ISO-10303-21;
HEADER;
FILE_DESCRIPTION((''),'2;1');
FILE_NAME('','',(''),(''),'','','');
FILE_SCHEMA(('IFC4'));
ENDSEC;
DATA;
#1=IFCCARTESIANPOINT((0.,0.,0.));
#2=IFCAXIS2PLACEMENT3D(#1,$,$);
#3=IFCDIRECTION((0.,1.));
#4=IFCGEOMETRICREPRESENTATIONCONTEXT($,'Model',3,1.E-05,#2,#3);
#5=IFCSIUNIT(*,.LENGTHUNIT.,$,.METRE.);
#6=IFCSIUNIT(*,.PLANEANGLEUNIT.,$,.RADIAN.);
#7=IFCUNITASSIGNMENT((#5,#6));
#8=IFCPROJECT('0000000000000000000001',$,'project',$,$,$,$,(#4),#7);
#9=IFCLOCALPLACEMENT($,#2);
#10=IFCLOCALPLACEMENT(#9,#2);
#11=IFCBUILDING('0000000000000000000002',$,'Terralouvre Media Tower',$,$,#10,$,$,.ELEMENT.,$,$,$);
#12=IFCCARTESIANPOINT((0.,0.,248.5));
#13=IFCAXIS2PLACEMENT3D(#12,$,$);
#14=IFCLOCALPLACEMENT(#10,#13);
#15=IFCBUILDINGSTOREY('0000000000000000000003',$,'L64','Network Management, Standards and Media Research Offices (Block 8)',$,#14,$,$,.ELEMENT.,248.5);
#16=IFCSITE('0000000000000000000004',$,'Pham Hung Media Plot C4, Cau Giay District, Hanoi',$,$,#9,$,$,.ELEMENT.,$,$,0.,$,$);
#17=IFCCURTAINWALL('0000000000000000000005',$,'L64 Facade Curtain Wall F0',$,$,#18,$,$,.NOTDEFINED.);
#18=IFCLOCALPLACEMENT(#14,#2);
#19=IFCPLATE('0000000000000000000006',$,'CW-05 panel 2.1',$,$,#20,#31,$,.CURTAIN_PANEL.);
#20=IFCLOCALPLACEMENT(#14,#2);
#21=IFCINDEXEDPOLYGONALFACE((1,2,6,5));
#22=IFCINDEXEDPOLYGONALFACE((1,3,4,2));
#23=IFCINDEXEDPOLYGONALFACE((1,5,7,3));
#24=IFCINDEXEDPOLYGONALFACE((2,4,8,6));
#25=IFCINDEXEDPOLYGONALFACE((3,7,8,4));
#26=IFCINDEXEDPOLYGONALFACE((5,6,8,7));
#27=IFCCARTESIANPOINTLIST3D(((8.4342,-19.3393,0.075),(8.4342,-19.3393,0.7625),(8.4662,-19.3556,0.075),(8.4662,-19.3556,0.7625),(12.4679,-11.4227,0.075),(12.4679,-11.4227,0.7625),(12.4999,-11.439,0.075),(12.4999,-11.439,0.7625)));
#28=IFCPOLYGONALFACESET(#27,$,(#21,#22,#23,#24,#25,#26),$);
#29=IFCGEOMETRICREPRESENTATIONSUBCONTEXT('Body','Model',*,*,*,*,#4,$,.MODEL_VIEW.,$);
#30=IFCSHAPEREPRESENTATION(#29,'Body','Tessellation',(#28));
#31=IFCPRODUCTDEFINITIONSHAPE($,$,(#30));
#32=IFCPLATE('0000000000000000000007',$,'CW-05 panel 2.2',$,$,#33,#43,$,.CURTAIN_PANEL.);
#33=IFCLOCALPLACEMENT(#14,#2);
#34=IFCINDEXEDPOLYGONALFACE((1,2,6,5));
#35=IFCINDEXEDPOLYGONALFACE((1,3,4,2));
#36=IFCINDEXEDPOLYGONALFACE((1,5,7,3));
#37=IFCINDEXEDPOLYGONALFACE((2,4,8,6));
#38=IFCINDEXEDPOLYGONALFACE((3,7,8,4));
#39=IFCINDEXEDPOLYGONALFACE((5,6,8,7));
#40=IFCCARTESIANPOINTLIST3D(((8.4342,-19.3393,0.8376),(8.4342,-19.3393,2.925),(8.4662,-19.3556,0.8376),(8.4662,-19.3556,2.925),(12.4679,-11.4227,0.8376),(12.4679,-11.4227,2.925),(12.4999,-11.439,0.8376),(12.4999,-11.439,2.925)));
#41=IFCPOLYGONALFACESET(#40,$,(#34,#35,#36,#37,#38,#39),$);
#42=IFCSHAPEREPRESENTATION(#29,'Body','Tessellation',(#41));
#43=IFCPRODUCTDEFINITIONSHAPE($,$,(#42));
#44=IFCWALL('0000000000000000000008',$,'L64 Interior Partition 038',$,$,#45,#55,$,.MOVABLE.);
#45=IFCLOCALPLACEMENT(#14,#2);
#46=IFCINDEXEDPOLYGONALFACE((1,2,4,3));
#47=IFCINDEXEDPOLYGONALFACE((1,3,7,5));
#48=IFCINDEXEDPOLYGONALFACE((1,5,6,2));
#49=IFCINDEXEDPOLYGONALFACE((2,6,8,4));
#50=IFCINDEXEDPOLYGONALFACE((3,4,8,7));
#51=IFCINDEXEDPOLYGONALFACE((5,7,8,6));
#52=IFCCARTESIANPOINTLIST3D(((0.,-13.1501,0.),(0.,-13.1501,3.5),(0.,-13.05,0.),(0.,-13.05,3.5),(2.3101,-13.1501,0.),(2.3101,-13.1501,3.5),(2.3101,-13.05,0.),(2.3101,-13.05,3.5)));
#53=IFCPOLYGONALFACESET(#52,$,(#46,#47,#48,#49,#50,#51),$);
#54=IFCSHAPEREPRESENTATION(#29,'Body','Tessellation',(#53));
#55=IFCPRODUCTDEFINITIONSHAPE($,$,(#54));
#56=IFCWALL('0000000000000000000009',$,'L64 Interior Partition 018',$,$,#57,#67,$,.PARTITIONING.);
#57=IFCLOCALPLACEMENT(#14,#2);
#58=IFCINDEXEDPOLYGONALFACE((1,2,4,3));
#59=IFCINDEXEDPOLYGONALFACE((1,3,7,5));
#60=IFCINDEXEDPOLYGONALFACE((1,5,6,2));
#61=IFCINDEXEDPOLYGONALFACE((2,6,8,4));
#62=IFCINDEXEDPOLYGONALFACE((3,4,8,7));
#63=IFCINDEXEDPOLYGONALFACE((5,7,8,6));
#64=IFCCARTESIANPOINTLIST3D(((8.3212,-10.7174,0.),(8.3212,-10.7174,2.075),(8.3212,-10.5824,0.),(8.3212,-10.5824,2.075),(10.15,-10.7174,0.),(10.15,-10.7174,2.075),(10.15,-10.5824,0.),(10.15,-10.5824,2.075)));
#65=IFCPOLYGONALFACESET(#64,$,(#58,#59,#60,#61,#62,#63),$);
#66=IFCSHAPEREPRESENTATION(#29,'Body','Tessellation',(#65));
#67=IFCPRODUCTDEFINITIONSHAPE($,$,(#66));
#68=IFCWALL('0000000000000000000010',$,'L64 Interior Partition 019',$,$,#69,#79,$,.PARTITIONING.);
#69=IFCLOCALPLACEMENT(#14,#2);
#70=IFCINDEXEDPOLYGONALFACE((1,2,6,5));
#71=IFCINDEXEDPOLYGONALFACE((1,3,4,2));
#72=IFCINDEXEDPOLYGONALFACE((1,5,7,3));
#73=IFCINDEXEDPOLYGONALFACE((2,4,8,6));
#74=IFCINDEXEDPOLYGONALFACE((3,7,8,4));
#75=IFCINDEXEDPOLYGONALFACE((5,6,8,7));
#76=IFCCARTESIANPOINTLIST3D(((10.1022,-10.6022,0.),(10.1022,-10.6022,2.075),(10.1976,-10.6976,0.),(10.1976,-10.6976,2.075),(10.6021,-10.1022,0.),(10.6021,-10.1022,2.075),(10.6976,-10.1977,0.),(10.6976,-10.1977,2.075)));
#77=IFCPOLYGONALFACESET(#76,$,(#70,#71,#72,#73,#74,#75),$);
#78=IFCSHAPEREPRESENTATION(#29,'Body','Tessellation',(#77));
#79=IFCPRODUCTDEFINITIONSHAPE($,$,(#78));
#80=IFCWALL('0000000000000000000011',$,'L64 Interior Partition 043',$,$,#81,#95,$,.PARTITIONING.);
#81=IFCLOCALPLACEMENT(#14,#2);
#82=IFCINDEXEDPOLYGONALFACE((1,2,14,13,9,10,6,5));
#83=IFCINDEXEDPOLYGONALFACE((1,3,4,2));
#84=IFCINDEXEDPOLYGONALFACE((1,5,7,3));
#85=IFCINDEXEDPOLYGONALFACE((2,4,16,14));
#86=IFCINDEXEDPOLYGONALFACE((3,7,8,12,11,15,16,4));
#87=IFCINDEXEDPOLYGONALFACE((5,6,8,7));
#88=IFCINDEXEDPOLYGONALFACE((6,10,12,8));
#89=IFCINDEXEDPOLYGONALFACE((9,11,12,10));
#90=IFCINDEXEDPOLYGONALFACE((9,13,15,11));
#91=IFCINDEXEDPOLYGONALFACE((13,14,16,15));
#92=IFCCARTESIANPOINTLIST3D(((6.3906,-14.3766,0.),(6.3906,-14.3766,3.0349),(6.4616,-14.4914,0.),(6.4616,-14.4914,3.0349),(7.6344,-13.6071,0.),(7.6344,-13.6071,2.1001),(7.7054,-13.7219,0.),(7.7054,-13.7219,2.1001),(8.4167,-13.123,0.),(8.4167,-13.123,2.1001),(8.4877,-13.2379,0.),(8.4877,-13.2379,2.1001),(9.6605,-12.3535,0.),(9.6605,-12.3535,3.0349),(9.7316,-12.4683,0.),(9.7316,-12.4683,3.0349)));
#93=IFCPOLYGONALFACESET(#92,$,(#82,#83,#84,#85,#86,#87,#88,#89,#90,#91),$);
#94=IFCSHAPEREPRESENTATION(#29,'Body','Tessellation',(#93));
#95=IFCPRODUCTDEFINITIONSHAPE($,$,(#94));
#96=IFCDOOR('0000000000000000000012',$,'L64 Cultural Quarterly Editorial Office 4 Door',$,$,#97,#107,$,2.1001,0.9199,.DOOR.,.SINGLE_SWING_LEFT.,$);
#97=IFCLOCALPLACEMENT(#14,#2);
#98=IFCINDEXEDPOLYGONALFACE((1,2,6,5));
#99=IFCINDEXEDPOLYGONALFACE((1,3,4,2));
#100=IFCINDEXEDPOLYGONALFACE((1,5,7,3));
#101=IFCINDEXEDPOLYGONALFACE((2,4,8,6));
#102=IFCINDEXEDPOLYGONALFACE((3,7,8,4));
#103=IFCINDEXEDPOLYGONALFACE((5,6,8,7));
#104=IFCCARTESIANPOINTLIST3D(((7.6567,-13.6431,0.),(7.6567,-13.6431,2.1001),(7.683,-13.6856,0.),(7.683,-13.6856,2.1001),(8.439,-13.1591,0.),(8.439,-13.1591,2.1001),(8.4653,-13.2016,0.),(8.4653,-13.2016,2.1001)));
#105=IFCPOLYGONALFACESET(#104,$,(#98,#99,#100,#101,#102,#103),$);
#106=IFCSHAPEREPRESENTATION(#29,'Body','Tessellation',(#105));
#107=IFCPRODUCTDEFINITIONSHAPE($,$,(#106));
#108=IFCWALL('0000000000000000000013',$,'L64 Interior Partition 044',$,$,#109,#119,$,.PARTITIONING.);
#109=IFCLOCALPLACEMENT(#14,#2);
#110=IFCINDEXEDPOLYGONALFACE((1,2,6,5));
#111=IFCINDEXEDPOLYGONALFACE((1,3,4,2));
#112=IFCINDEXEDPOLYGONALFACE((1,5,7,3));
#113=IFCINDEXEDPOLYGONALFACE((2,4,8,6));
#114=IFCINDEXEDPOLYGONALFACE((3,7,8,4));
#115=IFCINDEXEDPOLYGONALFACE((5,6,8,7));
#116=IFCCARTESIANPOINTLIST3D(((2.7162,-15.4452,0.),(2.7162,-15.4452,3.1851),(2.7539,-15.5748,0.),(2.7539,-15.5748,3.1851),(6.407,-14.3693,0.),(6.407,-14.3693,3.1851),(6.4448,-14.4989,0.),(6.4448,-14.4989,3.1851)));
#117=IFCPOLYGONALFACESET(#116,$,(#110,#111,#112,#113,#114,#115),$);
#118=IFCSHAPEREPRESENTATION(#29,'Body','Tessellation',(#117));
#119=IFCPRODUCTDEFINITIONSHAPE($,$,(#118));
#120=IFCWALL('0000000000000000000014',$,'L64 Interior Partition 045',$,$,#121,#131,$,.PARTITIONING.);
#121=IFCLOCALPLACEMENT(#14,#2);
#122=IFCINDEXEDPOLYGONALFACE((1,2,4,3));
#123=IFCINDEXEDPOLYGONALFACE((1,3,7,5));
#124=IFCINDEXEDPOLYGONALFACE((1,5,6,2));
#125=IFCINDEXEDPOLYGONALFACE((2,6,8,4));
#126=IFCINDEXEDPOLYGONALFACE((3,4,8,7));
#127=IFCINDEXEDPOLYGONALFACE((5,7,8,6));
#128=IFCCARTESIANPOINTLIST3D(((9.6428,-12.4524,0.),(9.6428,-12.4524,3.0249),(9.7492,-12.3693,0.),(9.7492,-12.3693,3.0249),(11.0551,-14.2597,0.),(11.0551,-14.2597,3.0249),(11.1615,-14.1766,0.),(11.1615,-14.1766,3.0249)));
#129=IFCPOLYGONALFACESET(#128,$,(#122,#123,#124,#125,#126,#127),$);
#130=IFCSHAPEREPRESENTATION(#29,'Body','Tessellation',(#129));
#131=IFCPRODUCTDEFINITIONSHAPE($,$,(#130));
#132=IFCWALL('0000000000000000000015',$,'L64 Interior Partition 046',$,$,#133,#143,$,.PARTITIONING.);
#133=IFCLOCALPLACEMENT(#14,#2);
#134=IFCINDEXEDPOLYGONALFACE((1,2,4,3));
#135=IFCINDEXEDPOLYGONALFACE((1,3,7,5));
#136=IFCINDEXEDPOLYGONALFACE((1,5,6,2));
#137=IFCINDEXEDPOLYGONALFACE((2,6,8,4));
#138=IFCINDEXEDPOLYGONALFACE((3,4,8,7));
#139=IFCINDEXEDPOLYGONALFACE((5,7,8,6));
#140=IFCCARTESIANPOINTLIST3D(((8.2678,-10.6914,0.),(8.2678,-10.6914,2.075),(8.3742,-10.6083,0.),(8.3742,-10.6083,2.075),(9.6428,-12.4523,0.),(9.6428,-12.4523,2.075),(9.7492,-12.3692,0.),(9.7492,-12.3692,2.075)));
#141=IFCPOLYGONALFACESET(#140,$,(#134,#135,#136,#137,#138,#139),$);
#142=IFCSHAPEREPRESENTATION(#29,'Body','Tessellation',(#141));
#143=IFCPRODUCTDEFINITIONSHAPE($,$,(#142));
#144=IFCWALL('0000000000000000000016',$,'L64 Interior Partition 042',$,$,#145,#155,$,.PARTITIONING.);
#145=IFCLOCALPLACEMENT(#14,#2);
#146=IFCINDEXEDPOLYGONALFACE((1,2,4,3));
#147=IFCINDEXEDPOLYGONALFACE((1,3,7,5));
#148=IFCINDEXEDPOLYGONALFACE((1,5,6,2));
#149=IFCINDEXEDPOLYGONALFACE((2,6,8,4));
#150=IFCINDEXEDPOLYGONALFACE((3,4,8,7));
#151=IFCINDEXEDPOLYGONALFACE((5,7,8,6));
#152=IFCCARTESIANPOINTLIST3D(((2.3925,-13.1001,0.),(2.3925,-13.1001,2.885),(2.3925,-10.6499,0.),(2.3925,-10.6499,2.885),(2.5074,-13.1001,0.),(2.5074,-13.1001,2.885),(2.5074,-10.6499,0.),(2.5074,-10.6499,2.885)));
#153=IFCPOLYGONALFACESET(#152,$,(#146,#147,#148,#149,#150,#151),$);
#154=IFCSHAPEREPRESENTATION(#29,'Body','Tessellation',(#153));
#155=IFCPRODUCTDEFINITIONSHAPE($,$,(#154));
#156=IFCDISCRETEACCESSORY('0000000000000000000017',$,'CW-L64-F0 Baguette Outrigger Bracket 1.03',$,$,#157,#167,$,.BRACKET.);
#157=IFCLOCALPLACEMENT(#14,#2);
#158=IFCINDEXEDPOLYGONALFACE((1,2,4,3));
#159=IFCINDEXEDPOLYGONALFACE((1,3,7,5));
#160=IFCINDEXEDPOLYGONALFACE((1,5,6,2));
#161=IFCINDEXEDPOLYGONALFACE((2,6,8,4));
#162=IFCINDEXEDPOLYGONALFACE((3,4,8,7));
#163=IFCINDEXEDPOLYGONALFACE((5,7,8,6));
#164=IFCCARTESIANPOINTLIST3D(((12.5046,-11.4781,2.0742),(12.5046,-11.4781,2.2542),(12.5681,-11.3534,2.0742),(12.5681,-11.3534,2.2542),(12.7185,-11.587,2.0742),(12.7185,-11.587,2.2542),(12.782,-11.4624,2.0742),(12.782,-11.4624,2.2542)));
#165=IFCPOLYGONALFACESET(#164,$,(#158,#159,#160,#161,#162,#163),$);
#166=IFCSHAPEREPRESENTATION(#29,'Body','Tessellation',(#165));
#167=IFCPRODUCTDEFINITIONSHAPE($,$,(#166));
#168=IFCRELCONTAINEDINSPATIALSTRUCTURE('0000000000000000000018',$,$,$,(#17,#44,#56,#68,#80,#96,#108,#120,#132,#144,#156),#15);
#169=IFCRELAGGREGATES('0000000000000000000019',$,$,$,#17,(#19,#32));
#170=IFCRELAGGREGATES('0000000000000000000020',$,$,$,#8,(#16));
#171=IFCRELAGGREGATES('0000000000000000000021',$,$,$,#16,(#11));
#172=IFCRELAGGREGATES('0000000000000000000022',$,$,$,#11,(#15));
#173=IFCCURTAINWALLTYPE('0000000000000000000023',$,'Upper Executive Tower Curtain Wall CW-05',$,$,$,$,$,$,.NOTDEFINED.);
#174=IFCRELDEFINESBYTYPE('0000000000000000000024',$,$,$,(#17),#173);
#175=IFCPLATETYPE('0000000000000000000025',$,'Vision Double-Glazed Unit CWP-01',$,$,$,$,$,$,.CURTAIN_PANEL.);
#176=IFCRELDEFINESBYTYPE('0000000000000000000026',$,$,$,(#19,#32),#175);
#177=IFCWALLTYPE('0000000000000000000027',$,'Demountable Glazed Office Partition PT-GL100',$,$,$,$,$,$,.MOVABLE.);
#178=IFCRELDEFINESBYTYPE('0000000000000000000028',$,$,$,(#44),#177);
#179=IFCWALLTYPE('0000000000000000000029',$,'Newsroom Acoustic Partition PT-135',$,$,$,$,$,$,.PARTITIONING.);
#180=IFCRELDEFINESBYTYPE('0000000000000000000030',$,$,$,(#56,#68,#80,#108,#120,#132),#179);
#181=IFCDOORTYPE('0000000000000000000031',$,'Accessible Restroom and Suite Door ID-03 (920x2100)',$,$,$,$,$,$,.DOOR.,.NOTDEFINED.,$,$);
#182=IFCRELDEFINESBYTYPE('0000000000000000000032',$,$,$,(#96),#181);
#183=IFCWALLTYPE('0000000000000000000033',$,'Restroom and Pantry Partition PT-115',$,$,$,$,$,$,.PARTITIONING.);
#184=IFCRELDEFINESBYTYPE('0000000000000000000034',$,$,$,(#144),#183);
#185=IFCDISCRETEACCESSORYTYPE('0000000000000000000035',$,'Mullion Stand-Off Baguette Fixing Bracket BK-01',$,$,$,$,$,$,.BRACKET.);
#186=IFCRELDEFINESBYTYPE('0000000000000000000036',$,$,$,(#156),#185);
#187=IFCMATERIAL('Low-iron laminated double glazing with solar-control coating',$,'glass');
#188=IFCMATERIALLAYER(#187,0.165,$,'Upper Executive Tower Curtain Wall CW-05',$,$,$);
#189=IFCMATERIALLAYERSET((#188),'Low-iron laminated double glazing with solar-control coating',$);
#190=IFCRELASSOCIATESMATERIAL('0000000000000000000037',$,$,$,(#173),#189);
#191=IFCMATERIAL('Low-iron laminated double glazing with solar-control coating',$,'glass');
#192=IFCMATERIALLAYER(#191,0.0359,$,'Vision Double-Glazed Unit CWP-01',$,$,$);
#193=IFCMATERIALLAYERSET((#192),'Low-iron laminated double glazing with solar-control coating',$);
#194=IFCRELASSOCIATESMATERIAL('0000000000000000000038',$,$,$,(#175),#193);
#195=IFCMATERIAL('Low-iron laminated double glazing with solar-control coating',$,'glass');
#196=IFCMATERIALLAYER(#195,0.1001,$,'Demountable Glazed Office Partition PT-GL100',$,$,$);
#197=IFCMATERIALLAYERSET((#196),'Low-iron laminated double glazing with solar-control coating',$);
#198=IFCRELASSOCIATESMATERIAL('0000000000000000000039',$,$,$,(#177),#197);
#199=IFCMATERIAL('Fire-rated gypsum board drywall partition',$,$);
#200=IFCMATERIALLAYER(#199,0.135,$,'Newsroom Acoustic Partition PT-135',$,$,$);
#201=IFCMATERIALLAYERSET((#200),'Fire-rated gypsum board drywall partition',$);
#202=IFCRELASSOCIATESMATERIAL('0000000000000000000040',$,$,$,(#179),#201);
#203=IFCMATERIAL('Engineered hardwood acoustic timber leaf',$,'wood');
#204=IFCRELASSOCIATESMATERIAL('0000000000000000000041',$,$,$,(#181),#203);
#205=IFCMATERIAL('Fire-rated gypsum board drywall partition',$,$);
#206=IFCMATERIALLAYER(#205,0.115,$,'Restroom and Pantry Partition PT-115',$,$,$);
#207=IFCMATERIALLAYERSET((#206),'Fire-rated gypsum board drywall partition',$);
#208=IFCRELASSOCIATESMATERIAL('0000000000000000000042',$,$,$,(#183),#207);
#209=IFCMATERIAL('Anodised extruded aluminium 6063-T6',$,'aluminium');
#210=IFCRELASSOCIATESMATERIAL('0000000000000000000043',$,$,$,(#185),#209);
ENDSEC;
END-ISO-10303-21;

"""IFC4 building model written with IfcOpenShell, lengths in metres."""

from ifc_helpers import new_model, si_unit, direction, frame, frame_2d, origin, origin_2d, place, context, subcontext, project, spatial, rectangle, extrude, material, layer, layer_set, type_object, element, fill, aggregate, save


model = new_model("IFC4")

# Units and contexts
model_context = context("Model", 3, precision=1e-05, world=origin(), true_north=direction((0.0, 1.0)))
body_context = subcontext(model_context, "Body", "Model", "MODEL_VIEW")
ifc_project = project(units=[si_unit("LENGTHUNIT", "METRE"), si_unit("PLANEANGLEUNIT", "RADIAN")], contexts=[model_context])

# Site, building, storey
site_placement = place(None, origin())
site = spatial("IfcSite", under=ifc_project, at=site_placement, Name="Pham Hung Media Plot C4, Cau Giay District, Hanoi", CompositionType="ELEMENT", RefElevation=0.0)
building_placement = place(site_placement, origin())
building = spatial("IfcBuilding", under=site, at=building_placement, Name="Terralouvre Media Tower", CompositionType="ELEMENT")
storey_placement = place(building_placement, frame((0.0, 0.0, 248.5)))
storey = spatial("IfcBuildingStorey", under=building, at=storey_placement, Name="L64", Description="Network Management, Standards and Media Research Offices (Block 8)", CompositionType="ELEMENT", Elevation=248.5)

# Curtain wall
ifc_material_1 = material(Name="Low-iron laminated double glazing with solar-control coating", Category="glass")
ifc_layer_1 = layer(ifc_material_1, 0.165, Name="Upper Executive Tower Curtain Wall CW-05")
ifc_layer_set_1 = layer_set([ifc_layer_1], Name="Low-iron laminated double glazing with solar-control coating")
curtain_wall_type = type_object("IfcCurtainWallType", Name="Upper Executive Tower Curtain Wall CW-05", PredefinedType="NOTDEFINED", material=ifc_layer_set_1)
curtain_wall_placement = place(storey_placement, origin())
curtain_wall = element("IfcCurtainWall", 1, at=curtain_wall_placement, inside=storey, type_object=curtain_wall_type, Name="L64 Facade Curtain Wall F0", PredefinedType="NOTDEFINED")

# Plates
ifc_material_2 = material(Name="Low-iron laminated double glazing with solar-control coating", Category="glass")
ifc_layer_2 = layer(ifc_material_2, 0.0359, Name="Vision Double-Glazed Unit CWP-01")
ifc_layer_set_2 = layer_set([ifc_layer_2], Name="Low-iron laminated double glazing with solar-control coating")
plate_type = type_object("IfcPlateType", Name="Vision Double-Glazed Unit CWP-01", PredefinedType="CURTAIN_PANEL", material=ifc_layer_set_2)
plate_1_placement = place(storey_placement, frame((10.467, -15.3892, 0.075), z_axis=(0.0, 0.0, 1.0), x_axis=(0.45399, 0.891007, 0.0)))
plate_1 = element("IfcPlate", 2, at=plate_1_placement, type_object=plate_type, Name="CW-05 panel 2.1", PredefinedType="CURTAIN_PANEL", context=body_context, shape_type="SweptSolid", body=[
    extrude(rectangle(XDim=8.885, YDim=0.0359, at=origin_2d()), origin(), (0.0, 0.0, 1.0), 0.6875),
])
plate_2_placement = place(storey_placement, frame((10.467, -15.3892, 0.8376), z_axis=(0.0, 0.0, 1.0), x_axis=(0.45399, 0.891007, 0.0)))
plate_2 = element("IfcPlate", 3, at=plate_2_placement, type_object=plate_type, Name="CW-05 panel 2.2", PredefinedType="CURTAIN_PANEL", context=body_context, shape_type="SweptSolid", body=[
    extrude(rectangle(XDim=8.885, YDim=0.0359, at=origin_2d()), origin(), (0.0, 0.0, 1.0), 2.0874),
])
aggregate(curtain_wall, [plate_1, plate_2])

# Wall
ifc_material_3 = material(Name="Low-iron laminated double glazing with solar-control coating", Category="glass")
ifc_layer_3 = layer(ifc_material_3, 0.1001, Name="Demountable Glazed Office Partition PT-GL100")
ifc_layer_set_3 = layer_set([ifc_layer_3], Name="Low-iron laminated double glazing with solar-control coating")
wall_type_1 = type_object("IfcWallType", Name="Demountable Glazed Office Partition PT-GL100", PredefinedType="MOVABLE", material=ifc_layer_set_3)
wall_1_placement = place(storey_placement, frame((2.3101, -13.1001, 0.0), z_axis=(0.0, 0.0, 1.0), x_axis=(-1.0, 0.0, 0.0)))
element("IfcWall", 4, at=wall_1_placement, inside=storey, type_object=wall_type_1, Name="L64 Interior Partition 038", PredefinedType="MOVABLE", context=body_context, shape_type="SweptSolid", body=[
    extrude(rectangle(XDim=2.3101, YDim=0.1001, at=frame_2d((1.155, 0.0))), origin(), (0.0, 0.0, 1.0), 3.5),
])

# Shared definitions
ifc_material_4 = material(Name="Fire-rated gypsum board drywall partition")
ifc_layer_4 = layer(ifc_material_4, 0.135, Name="Newsroom Acoustic Partition PT-135")
ifc_layer_set_4 = layer_set([ifc_layer_4], Name="Fire-rated gypsum board drywall partition")
wall_type_2 = type_object("IfcWallType", Name="Newsroom Acoustic Partition PT-135", PredefinedType="PARTITIONING", material=ifc_layer_set_4)

# Walls
wall_2_placement = place(storey_placement, frame((8.321, -10.6499, 0.0), z_axis=(0.0, 0.0, 1.0), x_axis=(1.0, 0.0, 0.0)))
element("IfcWall", 5, at=wall_2_placement, inside=storey, type_object=wall_type_2, Name="L64 Interior Partition 018", PredefinedType="PARTITIONING", context=body_context, shape_type="SweptSolid", body=[
    extrude(rectangle(XDim=1.8289, YDim=0.135, at=frame_2d((0.9146, 0.0))), origin(), (0.0, 0.0, 1.0), 2.075),
])
wall_3_placement = place(storey_placement, frame((10.1499, -10.6499, 0.0), z_axis=(0.0, 0.0, 1.0), x_axis=(0.707107, 0.707107, 0.0)))
element("IfcWall", 6, at=wall_3_placement, inside=storey, type_object=wall_type_2, Name="L64 Interior Partition 019", PredefinedType="PARTITIONING", context=body_context, shape_type="SweptSolid", body=[
    extrude(rectangle(XDim=0.707, YDim=0.135, at=frame_2d((0.3535, 0.0))), origin(), (0.0, 0.0, 1.0), 2.075),
])

# Wall, opening, door
wall_4_placement = place(storey_placement, frame((9.696, -12.4109, 0.0), z_axis=(0.0, 0.0, 1.0), x_axis=(-0.850394, -0.526147, 0.0)))
wall_4 = element("IfcWall", 7, at=wall_4_placement, inside=storey, type_object=wall_type_2, Name="L64 Interior Partition 043", PredefinedType="PARTITIONING", context=body_context, shape_type="SweptSolid", body=[
    extrude(rectangle(XDim=3.8452, YDim=0.135, at=frame_2d((1.9226, 0.0))), origin(), (0.0, 0.0, 1.0), 3.0349),
])
opening_1_placement = place(wall_4_placement, frame((1.4626, 0.0, 0.0)))
opening_1 = element("IfcOpeningElement", 8, at=opening_1_placement, cuts=wall_4, PredefinedType="OPENING", context=body_context, shape_type="SweptSolid", body=[
    extrude(rectangle(XDim=0.9199, YDim=2.1001, at=frame_2d((0.46, 1.05))), frame((0.0, 0.0774, 0.0), z_axis=(0.0, -1.0, 0.0), x_axis=(1.0, 0.0, 0.0)), (0.0, 0.0, 1.0), 0.155),
])
ifc_material_5 = material(Name="Engineered hardwood acoustic timber leaf", Category="wood")
door_type_1 = type_object("IfcDoorType", Name="Accessible Restroom and Suite Door ID-03 (920x2100)", OperationType="NOTDEFINED", PredefinedType="DOOR", material=ifc_material_5)
door_1_placement = place(opening_1_placement, origin())
door_1 = element("IfcDoor", 9, at=door_1_placement, inside=storey, type_object=door_type_1, Name="L64 Cultural Quarterly Editorial Office 4 Door", OperationType="SINGLE_SWING_LEFT", OverallHeight=2.1001, OverallWidth=0.9199, PredefinedType="DOOR", context=body_context, shape_type="SweptSolid", body=[
    extrude(rectangle(XDim=0.9199, YDim=2.1001, at=frame_2d((0.46, 1.05))), frame((0.0, 0.0249, 0.0), z_axis=(0.0, -1.0, 0.0), x_axis=(1.0, 0.0, 0.0)), (0.0, 0.0, 1.0), 0.05),
])
fill(opening_1, door_1)

# Walls
wall_5_placement = place(storey_placement, frame((6.426, -14.4341, 0.0), z_axis=(0.0, 0.0, 1.0), x_axis=(-0.960041, -0.279859, 0.0)))
element("IfcWall", 10, at=wall_5_placement, inside=storey, type_object=wall_type_2, Name="L64 Interior Partition 044", PredefinedType="PARTITIONING", context=body_context, shape_type="SweptSolid", body=[
    extrude(rectangle(XDim=3.8445, YDim=0.135, at=frame_2d((1.9224, 0.0))), origin(), (0.0, 0.0, 1.0), 3.1851),
])
wall_6_placement = place(storey_placement, frame((11.1084, -14.2183, 0.0), z_axis=(0.0, 0.0, 1.0), x_axis=(-0.615737, 0.787952, 0.0)))
element("IfcWall", 11, at=wall_6_placement, inside=storey, type_object=wall_type_2, Name="L64 Interior Partition 045", PredefinedType="PARTITIONING", context=body_context, shape_type="SweptSolid", body=[
    extrude(rectangle(XDim=2.2937, YDim=0.135, at=frame_2d((1.147, 0.0))), origin(), (0.0, 0.0, 1.0), 3.0249),
])
wall_7_placement = place(storey_placement, frame((9.696, -12.4109, 0.0), z_axis=(0.0, 0.0, 1.0), x_axis=(-0.61543, 0.788192, 0.0)))
element("IfcWall", 12, at=wall_7_placement, inside=storey, type_object=wall_type_2, Name="L64 Interior Partition 046", PredefinedType="PARTITIONING", context=body_context, shape_type="SweptSolid", body=[
    extrude(rectangle(XDim=2.2341, YDim=0.135, at=frame_2d((1.1172, 0.0))), origin(), (0.0, 0.0, 1.0), 2.075),
])
ifc_material_6 = material(Name="Fire-rated gypsum board drywall partition")
ifc_layer_5 = layer(ifc_material_6, 0.115, Name="Restroom and Pantry Partition PT-115")
ifc_layer_set_5 = layer_set([ifc_layer_5], Name="Fire-rated gypsum board drywall partition")
wall_type_3 = type_object("IfcWallType", Name="Restroom and Pantry Partition PT-115", PredefinedType="PARTITIONING", material=ifc_layer_set_5)
wall_8_placement = place(storey_placement, frame((2.45, -13.1001, 0.0), z_axis=(0.0, 0.0, 1.0), x_axis=(0.0, 1.0, 0.0)))
element("IfcWall", 13, at=wall_8_placement, inside=storey, type_object=wall_type_3, Name="L64 Interior Partition 042", PredefinedType="PARTITIONING", context=body_context, shape_type="SweptSolid", body=[
    extrude(rectangle(XDim=2.4502, YDim=0.115, at=frame_2d((1.2251, 0.0))), origin(), (0.0, 0.0, 1.0), 2.885),
])

# Discrete accessory
ifc_material_7 = material(Name="Anodised extruded aluminium 6063-T6", Category="aluminium")
discrete_accessory_type = type_object("IfcDiscreteAccessoryType", Name="Mullion Stand-Off Baguette Fixing Bracket BK-01", PredefinedType="BRACKET", material=ifc_material_7)
discrete_accessory_placement = place(storey_placement, frame((12.6433, -11.4702, 2.0742), z_axis=(0.0, 0.0, 1.0), x_axis=(0.45399, 0.891007, 0.0)))
element("IfcDiscreteAccessory", 14, at=discrete_accessory_placement, inside=storey, type_object=discrete_accessory_type, Name="CW-L64-F0 Baguette Outrigger Bracket 1.03", PredefinedType="BRACKET", context=body_context, shape_type="SweptSolid", body=[
    extrude(rectangle(XDim=0.1399, YDim=0.24, at=origin_2d()), origin(), (0.0, 0.0, 1.0), 0.1799),
])

save(model, "model.ifc")
